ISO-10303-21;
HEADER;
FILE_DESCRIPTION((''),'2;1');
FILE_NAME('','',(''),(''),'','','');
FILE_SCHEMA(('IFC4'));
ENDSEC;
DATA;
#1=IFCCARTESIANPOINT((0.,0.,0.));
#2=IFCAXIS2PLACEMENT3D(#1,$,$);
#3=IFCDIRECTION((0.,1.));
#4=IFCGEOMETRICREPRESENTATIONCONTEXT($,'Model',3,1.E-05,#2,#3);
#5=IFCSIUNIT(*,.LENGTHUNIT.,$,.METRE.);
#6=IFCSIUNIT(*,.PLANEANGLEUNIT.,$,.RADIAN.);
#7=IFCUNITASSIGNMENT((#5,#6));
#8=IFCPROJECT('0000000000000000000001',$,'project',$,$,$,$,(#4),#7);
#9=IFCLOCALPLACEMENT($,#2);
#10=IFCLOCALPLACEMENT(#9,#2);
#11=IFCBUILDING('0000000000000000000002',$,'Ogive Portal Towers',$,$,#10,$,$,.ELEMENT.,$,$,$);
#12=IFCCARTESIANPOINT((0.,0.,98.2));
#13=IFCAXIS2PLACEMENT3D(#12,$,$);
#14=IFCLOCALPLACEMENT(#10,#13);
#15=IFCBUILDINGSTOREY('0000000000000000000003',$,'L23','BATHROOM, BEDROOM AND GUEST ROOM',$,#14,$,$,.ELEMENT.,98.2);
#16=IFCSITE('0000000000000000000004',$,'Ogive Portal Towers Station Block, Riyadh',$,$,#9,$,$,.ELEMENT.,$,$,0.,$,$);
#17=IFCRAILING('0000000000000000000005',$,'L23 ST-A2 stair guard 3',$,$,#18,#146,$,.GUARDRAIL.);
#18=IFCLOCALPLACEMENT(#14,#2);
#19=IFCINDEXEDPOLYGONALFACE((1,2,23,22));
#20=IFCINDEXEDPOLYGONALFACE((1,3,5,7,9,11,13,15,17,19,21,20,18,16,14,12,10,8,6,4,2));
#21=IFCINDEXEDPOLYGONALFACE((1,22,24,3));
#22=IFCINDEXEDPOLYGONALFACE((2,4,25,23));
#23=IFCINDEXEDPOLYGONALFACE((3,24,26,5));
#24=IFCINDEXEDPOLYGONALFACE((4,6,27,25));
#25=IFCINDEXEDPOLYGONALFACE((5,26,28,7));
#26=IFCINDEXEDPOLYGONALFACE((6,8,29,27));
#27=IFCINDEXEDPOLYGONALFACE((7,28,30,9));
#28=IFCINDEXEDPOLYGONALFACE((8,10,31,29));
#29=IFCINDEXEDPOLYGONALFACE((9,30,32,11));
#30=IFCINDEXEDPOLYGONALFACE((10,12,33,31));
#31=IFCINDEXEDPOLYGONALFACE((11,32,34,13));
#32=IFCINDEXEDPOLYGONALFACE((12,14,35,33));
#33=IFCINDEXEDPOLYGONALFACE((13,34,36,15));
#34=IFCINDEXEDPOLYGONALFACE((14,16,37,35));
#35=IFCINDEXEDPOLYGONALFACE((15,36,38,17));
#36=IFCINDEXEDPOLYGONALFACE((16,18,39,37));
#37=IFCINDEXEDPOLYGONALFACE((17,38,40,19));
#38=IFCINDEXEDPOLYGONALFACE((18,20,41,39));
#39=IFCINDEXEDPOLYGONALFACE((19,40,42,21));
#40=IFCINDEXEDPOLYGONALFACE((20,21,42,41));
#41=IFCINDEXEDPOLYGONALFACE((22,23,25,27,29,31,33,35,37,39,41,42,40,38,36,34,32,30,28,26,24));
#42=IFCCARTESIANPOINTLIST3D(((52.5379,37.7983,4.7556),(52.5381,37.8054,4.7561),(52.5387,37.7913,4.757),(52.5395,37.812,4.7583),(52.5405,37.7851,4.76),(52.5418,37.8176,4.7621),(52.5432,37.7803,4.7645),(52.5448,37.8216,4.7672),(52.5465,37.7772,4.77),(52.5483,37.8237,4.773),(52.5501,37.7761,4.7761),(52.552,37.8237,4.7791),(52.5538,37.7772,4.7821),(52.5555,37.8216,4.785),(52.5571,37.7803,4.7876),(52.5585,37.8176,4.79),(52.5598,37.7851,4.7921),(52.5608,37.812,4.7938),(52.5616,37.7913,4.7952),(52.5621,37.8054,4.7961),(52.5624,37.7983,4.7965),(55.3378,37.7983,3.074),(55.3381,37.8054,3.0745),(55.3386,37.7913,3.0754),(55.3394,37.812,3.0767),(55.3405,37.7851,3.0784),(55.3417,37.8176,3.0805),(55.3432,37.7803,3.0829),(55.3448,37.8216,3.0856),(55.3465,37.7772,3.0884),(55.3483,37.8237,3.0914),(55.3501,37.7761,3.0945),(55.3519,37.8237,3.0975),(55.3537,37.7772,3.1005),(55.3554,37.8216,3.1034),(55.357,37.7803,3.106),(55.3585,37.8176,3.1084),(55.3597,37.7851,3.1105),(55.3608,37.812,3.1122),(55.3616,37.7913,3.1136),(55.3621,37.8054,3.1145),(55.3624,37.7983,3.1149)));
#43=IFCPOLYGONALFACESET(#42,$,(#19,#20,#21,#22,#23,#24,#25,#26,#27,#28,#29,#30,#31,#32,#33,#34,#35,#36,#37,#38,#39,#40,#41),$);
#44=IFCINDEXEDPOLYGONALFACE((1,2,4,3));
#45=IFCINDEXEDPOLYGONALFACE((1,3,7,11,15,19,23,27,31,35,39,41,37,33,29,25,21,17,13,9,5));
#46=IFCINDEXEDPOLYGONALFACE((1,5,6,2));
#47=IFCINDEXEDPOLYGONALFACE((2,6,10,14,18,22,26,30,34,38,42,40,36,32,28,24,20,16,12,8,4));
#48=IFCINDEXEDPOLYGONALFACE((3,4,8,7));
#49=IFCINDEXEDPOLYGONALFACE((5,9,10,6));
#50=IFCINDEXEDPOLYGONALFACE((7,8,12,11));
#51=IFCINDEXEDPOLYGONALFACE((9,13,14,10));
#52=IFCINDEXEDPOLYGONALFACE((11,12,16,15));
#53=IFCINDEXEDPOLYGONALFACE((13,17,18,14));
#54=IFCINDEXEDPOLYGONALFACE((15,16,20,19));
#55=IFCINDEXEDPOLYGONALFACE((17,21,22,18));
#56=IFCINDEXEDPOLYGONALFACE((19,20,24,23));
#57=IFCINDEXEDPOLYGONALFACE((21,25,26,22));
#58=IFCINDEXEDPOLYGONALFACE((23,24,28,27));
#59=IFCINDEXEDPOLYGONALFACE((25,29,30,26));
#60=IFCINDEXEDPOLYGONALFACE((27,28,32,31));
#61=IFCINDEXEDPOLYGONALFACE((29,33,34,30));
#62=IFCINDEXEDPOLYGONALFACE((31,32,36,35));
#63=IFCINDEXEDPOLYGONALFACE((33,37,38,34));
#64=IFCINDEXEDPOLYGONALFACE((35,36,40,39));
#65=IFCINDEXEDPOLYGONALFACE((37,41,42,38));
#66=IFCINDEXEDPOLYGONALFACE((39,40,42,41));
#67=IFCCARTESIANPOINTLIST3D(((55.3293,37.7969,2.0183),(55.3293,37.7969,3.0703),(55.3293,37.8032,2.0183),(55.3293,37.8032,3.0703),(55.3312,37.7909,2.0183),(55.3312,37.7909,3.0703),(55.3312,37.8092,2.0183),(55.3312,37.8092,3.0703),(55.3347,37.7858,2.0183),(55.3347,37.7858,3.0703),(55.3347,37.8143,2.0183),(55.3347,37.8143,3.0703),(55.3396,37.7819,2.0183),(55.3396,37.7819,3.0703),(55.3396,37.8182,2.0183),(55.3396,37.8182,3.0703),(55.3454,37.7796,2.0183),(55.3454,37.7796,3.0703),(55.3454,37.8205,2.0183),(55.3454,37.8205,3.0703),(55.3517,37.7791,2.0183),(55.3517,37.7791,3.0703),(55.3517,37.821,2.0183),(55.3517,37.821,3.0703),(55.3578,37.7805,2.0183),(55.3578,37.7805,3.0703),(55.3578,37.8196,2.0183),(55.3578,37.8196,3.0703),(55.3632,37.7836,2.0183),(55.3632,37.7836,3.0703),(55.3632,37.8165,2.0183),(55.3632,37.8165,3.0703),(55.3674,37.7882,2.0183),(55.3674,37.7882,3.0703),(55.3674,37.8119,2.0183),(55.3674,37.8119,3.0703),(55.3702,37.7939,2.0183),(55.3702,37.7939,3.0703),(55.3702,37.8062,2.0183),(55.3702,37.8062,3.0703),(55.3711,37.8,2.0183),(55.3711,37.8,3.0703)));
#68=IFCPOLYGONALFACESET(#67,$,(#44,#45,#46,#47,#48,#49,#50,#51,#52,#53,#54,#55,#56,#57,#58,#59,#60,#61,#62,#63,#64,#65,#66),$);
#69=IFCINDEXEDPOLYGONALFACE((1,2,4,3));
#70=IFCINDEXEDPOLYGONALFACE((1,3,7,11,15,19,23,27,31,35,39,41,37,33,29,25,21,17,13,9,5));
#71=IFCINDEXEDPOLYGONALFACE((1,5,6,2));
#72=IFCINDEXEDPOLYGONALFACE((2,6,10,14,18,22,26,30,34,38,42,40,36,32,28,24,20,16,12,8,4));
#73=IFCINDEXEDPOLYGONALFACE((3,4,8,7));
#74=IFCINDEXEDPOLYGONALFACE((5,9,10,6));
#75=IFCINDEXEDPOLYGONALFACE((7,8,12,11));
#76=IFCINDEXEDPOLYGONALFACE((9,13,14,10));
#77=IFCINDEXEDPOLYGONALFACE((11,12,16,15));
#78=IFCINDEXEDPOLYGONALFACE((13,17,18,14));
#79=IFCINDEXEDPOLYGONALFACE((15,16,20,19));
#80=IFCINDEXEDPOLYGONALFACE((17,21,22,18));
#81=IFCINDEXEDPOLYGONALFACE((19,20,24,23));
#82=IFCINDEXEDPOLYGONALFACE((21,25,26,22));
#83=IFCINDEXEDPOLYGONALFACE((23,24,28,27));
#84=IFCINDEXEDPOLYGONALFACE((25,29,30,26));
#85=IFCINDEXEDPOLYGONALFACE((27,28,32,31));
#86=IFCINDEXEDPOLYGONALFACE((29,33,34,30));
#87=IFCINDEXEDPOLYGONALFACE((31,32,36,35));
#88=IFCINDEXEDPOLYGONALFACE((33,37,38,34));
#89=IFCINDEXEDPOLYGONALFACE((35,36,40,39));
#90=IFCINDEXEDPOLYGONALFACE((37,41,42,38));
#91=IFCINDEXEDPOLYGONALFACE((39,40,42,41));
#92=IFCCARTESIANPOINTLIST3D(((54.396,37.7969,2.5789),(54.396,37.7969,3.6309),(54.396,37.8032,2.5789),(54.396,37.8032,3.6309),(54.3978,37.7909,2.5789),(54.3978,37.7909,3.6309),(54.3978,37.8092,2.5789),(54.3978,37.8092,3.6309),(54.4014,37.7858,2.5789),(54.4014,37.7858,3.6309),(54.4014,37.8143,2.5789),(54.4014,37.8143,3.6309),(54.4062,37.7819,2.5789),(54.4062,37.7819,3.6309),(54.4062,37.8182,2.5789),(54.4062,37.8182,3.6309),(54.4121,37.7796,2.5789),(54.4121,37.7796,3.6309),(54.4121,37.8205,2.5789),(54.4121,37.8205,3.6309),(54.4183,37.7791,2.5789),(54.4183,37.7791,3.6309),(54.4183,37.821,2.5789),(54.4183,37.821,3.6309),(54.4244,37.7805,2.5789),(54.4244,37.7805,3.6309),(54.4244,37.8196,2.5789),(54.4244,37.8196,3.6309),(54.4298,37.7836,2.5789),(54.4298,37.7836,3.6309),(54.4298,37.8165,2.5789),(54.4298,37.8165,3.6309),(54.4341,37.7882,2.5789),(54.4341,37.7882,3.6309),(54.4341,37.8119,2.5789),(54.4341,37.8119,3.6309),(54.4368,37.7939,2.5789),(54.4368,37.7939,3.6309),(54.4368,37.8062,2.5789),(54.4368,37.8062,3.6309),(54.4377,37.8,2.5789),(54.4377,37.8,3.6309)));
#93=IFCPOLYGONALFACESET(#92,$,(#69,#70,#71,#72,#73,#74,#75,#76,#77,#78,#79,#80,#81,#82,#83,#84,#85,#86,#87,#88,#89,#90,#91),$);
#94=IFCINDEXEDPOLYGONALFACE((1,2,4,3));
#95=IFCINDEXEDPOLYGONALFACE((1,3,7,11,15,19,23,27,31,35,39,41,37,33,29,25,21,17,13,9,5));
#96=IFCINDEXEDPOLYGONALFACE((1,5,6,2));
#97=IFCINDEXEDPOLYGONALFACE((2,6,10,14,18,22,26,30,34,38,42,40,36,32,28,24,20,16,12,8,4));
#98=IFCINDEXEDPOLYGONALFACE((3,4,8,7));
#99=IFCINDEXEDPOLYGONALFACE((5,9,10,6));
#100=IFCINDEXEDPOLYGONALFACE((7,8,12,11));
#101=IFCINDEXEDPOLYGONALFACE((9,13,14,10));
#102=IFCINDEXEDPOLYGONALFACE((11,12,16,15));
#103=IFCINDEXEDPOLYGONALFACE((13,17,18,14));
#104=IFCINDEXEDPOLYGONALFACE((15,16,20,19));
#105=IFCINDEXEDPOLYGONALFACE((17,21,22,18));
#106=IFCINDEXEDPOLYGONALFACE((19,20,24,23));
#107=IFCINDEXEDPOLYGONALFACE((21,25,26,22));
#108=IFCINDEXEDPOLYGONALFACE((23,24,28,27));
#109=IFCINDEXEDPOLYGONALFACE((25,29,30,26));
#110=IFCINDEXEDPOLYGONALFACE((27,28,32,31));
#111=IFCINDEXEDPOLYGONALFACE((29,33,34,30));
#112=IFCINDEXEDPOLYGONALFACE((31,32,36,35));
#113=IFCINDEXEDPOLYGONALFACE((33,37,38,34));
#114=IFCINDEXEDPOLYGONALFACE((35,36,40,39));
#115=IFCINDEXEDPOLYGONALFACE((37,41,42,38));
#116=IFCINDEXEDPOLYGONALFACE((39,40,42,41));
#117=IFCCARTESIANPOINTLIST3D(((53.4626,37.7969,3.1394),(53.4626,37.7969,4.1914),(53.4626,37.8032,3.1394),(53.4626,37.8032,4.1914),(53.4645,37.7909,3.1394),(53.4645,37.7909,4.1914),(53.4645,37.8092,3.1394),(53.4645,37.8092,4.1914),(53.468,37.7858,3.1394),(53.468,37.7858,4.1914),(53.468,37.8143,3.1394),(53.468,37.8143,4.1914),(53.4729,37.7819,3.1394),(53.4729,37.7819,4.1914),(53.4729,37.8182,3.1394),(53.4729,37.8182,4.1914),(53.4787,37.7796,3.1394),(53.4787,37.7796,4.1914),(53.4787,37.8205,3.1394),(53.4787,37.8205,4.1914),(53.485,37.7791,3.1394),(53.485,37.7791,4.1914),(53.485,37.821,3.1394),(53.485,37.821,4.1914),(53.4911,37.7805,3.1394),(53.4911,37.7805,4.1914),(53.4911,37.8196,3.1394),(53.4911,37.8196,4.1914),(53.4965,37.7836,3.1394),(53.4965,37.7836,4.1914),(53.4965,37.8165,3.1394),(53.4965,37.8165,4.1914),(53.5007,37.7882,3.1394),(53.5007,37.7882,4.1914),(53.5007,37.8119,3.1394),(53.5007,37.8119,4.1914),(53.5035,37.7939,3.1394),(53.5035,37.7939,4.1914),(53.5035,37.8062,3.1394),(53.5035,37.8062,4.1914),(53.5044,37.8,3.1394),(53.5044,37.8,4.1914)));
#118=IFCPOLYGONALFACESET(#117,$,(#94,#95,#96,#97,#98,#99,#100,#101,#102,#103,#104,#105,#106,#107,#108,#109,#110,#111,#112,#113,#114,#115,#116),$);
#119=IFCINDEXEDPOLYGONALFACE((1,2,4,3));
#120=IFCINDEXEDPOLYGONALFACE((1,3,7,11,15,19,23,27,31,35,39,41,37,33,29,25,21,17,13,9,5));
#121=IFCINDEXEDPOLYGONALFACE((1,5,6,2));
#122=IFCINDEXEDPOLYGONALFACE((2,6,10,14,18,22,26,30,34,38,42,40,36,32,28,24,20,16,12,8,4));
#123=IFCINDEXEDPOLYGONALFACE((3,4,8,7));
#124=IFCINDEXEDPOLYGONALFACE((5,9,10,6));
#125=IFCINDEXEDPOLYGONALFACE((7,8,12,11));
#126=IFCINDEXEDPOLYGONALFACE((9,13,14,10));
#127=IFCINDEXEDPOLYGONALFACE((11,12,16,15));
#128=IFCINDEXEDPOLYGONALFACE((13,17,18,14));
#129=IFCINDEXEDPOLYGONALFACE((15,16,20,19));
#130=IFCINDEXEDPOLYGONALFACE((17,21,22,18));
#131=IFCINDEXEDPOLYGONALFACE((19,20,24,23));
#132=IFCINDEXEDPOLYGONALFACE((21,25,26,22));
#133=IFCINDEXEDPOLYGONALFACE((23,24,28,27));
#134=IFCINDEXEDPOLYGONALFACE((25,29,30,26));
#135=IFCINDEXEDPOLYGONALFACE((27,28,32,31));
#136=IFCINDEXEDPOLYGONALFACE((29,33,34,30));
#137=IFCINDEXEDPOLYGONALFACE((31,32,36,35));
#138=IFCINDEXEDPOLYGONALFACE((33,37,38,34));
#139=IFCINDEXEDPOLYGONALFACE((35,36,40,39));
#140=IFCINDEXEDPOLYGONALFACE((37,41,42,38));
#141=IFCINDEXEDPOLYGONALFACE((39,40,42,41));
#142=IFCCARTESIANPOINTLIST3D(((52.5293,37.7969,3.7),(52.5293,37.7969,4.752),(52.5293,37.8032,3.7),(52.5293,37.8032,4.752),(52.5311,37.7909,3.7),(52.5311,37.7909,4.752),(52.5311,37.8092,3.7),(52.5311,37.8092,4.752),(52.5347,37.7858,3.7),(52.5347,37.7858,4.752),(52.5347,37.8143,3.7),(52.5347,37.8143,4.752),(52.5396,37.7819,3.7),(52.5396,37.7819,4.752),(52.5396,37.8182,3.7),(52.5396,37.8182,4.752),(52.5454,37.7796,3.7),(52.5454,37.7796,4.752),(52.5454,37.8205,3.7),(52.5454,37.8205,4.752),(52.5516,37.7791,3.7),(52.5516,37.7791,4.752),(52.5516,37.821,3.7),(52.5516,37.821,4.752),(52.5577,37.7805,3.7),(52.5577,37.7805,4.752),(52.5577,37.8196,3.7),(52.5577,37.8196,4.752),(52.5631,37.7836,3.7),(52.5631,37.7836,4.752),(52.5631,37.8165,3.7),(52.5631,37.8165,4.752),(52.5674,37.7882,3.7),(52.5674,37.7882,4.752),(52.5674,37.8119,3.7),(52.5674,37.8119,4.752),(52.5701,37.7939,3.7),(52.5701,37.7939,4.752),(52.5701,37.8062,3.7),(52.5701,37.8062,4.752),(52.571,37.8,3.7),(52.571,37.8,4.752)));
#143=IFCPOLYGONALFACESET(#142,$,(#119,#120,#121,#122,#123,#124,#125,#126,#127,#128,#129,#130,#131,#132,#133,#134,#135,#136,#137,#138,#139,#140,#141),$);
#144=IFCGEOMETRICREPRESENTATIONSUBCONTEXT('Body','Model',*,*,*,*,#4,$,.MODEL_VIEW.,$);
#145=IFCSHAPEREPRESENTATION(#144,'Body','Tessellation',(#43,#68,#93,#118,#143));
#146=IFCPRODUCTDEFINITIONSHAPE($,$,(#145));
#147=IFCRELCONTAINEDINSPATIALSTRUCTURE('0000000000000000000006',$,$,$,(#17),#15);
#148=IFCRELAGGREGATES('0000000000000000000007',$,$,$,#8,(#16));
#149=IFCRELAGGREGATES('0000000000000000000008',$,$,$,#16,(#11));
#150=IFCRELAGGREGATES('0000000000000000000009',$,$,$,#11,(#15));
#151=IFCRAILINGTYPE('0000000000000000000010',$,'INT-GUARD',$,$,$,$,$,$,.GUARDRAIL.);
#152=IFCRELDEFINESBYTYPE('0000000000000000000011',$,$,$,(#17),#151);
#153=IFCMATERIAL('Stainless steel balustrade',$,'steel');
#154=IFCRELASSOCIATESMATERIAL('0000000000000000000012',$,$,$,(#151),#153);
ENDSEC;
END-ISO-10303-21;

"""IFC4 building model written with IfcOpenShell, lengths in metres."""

from ifc_helpers import new_model, si_unit, direction, frame, origin, origin_2d, place, context, subcontext, project, spatial, circle, extrude, material, type_object, element, save


model = new_model("IFC4")

# Units and contexts
model_context = context("Model", 3, precision=1e-05, world=origin(), true_north=direction((0.0, 1.0)))
body_context = subcontext(model_context, "Body", "Model", "MODEL_VIEW")
ifc_project = project(units=[si_unit("LENGTHUNIT", "METRE"), si_unit("PLANEANGLEUNIT", "RADIAN")], contexts=[model_context])

# Site, building, storey
site_placement = place(None, origin())
site = spatial("IfcSite", under=ifc_project, at=site_placement, Name="Ogive Portal Towers Station Block, Riyadh", CompositionType="ELEMENT", RefElevation=0.0)
building_placement = place(site_placement, origin())
building = spatial("IfcBuilding", under=site, at=building_placement, Name="Ogive Portal Towers", CompositionType="ELEMENT")
storey_placement = place(building_placement, frame((0.0, 0.0, 98.2)))
storey = spatial("IfcBuildingStorey", under=building, at=storey_placement, Name="L23", Description="BATHROOM, BEDROOM AND GUEST ROOM", CompositionType="ELEMENT", Elevation=98.2)

# Railing
ifc_material_1 = material(Name="Stainless steel balustrade", Category="steel")
railing_type_1 = type_object("IfcRailingType", Name="INT-GUARD", PredefinedType="GUARDRAIL", material=ifc_material_1)
railing_1_placement = place(storey_placement, frame((55.3501, 37.8, 2.0183)))
element("IfcRailing", 1, at=railing_1_placement, inside=storey, type_object=railing_type_1, Name="L23 ST-A2 stair guard 3", PredefinedType="GUARDRAIL", context=body_context, shape_type="SweptSolid", body=[
    extrude(circle(Radius=0.0239, at=origin_2d()), frame((0.0, 0.0, 1.0762), z_axis=(-0.857275, 0.0, 0.514858), x_axis=(0.0, -1.0, 0.0)), (0.0, 0.0, 1.0), 3.2661),
    extrude(circle(Radius=0.021, at=origin_2d()), origin(), (0.0, 0.0, 1.0), 1.052),
    extrude(circle(Radius=0.021, at=origin_2d()), frame((-0.9333, 0.0, 0.5605)), (0.0, 0.0, 1.0), 1.052),
    extrude(circle(Radius=0.021, at=origin_2d()), frame((-1.8667, 0.0, 1.1211)), (0.0, 0.0, 1.0), 1.052),
    extrude(circle(Radius=0.021, at=origin_2d()), frame((-2.8, 0.0, 1.6816)), (0.0, 0.0, 1.0), 1.052),
])

save(model, "model.ifc")
